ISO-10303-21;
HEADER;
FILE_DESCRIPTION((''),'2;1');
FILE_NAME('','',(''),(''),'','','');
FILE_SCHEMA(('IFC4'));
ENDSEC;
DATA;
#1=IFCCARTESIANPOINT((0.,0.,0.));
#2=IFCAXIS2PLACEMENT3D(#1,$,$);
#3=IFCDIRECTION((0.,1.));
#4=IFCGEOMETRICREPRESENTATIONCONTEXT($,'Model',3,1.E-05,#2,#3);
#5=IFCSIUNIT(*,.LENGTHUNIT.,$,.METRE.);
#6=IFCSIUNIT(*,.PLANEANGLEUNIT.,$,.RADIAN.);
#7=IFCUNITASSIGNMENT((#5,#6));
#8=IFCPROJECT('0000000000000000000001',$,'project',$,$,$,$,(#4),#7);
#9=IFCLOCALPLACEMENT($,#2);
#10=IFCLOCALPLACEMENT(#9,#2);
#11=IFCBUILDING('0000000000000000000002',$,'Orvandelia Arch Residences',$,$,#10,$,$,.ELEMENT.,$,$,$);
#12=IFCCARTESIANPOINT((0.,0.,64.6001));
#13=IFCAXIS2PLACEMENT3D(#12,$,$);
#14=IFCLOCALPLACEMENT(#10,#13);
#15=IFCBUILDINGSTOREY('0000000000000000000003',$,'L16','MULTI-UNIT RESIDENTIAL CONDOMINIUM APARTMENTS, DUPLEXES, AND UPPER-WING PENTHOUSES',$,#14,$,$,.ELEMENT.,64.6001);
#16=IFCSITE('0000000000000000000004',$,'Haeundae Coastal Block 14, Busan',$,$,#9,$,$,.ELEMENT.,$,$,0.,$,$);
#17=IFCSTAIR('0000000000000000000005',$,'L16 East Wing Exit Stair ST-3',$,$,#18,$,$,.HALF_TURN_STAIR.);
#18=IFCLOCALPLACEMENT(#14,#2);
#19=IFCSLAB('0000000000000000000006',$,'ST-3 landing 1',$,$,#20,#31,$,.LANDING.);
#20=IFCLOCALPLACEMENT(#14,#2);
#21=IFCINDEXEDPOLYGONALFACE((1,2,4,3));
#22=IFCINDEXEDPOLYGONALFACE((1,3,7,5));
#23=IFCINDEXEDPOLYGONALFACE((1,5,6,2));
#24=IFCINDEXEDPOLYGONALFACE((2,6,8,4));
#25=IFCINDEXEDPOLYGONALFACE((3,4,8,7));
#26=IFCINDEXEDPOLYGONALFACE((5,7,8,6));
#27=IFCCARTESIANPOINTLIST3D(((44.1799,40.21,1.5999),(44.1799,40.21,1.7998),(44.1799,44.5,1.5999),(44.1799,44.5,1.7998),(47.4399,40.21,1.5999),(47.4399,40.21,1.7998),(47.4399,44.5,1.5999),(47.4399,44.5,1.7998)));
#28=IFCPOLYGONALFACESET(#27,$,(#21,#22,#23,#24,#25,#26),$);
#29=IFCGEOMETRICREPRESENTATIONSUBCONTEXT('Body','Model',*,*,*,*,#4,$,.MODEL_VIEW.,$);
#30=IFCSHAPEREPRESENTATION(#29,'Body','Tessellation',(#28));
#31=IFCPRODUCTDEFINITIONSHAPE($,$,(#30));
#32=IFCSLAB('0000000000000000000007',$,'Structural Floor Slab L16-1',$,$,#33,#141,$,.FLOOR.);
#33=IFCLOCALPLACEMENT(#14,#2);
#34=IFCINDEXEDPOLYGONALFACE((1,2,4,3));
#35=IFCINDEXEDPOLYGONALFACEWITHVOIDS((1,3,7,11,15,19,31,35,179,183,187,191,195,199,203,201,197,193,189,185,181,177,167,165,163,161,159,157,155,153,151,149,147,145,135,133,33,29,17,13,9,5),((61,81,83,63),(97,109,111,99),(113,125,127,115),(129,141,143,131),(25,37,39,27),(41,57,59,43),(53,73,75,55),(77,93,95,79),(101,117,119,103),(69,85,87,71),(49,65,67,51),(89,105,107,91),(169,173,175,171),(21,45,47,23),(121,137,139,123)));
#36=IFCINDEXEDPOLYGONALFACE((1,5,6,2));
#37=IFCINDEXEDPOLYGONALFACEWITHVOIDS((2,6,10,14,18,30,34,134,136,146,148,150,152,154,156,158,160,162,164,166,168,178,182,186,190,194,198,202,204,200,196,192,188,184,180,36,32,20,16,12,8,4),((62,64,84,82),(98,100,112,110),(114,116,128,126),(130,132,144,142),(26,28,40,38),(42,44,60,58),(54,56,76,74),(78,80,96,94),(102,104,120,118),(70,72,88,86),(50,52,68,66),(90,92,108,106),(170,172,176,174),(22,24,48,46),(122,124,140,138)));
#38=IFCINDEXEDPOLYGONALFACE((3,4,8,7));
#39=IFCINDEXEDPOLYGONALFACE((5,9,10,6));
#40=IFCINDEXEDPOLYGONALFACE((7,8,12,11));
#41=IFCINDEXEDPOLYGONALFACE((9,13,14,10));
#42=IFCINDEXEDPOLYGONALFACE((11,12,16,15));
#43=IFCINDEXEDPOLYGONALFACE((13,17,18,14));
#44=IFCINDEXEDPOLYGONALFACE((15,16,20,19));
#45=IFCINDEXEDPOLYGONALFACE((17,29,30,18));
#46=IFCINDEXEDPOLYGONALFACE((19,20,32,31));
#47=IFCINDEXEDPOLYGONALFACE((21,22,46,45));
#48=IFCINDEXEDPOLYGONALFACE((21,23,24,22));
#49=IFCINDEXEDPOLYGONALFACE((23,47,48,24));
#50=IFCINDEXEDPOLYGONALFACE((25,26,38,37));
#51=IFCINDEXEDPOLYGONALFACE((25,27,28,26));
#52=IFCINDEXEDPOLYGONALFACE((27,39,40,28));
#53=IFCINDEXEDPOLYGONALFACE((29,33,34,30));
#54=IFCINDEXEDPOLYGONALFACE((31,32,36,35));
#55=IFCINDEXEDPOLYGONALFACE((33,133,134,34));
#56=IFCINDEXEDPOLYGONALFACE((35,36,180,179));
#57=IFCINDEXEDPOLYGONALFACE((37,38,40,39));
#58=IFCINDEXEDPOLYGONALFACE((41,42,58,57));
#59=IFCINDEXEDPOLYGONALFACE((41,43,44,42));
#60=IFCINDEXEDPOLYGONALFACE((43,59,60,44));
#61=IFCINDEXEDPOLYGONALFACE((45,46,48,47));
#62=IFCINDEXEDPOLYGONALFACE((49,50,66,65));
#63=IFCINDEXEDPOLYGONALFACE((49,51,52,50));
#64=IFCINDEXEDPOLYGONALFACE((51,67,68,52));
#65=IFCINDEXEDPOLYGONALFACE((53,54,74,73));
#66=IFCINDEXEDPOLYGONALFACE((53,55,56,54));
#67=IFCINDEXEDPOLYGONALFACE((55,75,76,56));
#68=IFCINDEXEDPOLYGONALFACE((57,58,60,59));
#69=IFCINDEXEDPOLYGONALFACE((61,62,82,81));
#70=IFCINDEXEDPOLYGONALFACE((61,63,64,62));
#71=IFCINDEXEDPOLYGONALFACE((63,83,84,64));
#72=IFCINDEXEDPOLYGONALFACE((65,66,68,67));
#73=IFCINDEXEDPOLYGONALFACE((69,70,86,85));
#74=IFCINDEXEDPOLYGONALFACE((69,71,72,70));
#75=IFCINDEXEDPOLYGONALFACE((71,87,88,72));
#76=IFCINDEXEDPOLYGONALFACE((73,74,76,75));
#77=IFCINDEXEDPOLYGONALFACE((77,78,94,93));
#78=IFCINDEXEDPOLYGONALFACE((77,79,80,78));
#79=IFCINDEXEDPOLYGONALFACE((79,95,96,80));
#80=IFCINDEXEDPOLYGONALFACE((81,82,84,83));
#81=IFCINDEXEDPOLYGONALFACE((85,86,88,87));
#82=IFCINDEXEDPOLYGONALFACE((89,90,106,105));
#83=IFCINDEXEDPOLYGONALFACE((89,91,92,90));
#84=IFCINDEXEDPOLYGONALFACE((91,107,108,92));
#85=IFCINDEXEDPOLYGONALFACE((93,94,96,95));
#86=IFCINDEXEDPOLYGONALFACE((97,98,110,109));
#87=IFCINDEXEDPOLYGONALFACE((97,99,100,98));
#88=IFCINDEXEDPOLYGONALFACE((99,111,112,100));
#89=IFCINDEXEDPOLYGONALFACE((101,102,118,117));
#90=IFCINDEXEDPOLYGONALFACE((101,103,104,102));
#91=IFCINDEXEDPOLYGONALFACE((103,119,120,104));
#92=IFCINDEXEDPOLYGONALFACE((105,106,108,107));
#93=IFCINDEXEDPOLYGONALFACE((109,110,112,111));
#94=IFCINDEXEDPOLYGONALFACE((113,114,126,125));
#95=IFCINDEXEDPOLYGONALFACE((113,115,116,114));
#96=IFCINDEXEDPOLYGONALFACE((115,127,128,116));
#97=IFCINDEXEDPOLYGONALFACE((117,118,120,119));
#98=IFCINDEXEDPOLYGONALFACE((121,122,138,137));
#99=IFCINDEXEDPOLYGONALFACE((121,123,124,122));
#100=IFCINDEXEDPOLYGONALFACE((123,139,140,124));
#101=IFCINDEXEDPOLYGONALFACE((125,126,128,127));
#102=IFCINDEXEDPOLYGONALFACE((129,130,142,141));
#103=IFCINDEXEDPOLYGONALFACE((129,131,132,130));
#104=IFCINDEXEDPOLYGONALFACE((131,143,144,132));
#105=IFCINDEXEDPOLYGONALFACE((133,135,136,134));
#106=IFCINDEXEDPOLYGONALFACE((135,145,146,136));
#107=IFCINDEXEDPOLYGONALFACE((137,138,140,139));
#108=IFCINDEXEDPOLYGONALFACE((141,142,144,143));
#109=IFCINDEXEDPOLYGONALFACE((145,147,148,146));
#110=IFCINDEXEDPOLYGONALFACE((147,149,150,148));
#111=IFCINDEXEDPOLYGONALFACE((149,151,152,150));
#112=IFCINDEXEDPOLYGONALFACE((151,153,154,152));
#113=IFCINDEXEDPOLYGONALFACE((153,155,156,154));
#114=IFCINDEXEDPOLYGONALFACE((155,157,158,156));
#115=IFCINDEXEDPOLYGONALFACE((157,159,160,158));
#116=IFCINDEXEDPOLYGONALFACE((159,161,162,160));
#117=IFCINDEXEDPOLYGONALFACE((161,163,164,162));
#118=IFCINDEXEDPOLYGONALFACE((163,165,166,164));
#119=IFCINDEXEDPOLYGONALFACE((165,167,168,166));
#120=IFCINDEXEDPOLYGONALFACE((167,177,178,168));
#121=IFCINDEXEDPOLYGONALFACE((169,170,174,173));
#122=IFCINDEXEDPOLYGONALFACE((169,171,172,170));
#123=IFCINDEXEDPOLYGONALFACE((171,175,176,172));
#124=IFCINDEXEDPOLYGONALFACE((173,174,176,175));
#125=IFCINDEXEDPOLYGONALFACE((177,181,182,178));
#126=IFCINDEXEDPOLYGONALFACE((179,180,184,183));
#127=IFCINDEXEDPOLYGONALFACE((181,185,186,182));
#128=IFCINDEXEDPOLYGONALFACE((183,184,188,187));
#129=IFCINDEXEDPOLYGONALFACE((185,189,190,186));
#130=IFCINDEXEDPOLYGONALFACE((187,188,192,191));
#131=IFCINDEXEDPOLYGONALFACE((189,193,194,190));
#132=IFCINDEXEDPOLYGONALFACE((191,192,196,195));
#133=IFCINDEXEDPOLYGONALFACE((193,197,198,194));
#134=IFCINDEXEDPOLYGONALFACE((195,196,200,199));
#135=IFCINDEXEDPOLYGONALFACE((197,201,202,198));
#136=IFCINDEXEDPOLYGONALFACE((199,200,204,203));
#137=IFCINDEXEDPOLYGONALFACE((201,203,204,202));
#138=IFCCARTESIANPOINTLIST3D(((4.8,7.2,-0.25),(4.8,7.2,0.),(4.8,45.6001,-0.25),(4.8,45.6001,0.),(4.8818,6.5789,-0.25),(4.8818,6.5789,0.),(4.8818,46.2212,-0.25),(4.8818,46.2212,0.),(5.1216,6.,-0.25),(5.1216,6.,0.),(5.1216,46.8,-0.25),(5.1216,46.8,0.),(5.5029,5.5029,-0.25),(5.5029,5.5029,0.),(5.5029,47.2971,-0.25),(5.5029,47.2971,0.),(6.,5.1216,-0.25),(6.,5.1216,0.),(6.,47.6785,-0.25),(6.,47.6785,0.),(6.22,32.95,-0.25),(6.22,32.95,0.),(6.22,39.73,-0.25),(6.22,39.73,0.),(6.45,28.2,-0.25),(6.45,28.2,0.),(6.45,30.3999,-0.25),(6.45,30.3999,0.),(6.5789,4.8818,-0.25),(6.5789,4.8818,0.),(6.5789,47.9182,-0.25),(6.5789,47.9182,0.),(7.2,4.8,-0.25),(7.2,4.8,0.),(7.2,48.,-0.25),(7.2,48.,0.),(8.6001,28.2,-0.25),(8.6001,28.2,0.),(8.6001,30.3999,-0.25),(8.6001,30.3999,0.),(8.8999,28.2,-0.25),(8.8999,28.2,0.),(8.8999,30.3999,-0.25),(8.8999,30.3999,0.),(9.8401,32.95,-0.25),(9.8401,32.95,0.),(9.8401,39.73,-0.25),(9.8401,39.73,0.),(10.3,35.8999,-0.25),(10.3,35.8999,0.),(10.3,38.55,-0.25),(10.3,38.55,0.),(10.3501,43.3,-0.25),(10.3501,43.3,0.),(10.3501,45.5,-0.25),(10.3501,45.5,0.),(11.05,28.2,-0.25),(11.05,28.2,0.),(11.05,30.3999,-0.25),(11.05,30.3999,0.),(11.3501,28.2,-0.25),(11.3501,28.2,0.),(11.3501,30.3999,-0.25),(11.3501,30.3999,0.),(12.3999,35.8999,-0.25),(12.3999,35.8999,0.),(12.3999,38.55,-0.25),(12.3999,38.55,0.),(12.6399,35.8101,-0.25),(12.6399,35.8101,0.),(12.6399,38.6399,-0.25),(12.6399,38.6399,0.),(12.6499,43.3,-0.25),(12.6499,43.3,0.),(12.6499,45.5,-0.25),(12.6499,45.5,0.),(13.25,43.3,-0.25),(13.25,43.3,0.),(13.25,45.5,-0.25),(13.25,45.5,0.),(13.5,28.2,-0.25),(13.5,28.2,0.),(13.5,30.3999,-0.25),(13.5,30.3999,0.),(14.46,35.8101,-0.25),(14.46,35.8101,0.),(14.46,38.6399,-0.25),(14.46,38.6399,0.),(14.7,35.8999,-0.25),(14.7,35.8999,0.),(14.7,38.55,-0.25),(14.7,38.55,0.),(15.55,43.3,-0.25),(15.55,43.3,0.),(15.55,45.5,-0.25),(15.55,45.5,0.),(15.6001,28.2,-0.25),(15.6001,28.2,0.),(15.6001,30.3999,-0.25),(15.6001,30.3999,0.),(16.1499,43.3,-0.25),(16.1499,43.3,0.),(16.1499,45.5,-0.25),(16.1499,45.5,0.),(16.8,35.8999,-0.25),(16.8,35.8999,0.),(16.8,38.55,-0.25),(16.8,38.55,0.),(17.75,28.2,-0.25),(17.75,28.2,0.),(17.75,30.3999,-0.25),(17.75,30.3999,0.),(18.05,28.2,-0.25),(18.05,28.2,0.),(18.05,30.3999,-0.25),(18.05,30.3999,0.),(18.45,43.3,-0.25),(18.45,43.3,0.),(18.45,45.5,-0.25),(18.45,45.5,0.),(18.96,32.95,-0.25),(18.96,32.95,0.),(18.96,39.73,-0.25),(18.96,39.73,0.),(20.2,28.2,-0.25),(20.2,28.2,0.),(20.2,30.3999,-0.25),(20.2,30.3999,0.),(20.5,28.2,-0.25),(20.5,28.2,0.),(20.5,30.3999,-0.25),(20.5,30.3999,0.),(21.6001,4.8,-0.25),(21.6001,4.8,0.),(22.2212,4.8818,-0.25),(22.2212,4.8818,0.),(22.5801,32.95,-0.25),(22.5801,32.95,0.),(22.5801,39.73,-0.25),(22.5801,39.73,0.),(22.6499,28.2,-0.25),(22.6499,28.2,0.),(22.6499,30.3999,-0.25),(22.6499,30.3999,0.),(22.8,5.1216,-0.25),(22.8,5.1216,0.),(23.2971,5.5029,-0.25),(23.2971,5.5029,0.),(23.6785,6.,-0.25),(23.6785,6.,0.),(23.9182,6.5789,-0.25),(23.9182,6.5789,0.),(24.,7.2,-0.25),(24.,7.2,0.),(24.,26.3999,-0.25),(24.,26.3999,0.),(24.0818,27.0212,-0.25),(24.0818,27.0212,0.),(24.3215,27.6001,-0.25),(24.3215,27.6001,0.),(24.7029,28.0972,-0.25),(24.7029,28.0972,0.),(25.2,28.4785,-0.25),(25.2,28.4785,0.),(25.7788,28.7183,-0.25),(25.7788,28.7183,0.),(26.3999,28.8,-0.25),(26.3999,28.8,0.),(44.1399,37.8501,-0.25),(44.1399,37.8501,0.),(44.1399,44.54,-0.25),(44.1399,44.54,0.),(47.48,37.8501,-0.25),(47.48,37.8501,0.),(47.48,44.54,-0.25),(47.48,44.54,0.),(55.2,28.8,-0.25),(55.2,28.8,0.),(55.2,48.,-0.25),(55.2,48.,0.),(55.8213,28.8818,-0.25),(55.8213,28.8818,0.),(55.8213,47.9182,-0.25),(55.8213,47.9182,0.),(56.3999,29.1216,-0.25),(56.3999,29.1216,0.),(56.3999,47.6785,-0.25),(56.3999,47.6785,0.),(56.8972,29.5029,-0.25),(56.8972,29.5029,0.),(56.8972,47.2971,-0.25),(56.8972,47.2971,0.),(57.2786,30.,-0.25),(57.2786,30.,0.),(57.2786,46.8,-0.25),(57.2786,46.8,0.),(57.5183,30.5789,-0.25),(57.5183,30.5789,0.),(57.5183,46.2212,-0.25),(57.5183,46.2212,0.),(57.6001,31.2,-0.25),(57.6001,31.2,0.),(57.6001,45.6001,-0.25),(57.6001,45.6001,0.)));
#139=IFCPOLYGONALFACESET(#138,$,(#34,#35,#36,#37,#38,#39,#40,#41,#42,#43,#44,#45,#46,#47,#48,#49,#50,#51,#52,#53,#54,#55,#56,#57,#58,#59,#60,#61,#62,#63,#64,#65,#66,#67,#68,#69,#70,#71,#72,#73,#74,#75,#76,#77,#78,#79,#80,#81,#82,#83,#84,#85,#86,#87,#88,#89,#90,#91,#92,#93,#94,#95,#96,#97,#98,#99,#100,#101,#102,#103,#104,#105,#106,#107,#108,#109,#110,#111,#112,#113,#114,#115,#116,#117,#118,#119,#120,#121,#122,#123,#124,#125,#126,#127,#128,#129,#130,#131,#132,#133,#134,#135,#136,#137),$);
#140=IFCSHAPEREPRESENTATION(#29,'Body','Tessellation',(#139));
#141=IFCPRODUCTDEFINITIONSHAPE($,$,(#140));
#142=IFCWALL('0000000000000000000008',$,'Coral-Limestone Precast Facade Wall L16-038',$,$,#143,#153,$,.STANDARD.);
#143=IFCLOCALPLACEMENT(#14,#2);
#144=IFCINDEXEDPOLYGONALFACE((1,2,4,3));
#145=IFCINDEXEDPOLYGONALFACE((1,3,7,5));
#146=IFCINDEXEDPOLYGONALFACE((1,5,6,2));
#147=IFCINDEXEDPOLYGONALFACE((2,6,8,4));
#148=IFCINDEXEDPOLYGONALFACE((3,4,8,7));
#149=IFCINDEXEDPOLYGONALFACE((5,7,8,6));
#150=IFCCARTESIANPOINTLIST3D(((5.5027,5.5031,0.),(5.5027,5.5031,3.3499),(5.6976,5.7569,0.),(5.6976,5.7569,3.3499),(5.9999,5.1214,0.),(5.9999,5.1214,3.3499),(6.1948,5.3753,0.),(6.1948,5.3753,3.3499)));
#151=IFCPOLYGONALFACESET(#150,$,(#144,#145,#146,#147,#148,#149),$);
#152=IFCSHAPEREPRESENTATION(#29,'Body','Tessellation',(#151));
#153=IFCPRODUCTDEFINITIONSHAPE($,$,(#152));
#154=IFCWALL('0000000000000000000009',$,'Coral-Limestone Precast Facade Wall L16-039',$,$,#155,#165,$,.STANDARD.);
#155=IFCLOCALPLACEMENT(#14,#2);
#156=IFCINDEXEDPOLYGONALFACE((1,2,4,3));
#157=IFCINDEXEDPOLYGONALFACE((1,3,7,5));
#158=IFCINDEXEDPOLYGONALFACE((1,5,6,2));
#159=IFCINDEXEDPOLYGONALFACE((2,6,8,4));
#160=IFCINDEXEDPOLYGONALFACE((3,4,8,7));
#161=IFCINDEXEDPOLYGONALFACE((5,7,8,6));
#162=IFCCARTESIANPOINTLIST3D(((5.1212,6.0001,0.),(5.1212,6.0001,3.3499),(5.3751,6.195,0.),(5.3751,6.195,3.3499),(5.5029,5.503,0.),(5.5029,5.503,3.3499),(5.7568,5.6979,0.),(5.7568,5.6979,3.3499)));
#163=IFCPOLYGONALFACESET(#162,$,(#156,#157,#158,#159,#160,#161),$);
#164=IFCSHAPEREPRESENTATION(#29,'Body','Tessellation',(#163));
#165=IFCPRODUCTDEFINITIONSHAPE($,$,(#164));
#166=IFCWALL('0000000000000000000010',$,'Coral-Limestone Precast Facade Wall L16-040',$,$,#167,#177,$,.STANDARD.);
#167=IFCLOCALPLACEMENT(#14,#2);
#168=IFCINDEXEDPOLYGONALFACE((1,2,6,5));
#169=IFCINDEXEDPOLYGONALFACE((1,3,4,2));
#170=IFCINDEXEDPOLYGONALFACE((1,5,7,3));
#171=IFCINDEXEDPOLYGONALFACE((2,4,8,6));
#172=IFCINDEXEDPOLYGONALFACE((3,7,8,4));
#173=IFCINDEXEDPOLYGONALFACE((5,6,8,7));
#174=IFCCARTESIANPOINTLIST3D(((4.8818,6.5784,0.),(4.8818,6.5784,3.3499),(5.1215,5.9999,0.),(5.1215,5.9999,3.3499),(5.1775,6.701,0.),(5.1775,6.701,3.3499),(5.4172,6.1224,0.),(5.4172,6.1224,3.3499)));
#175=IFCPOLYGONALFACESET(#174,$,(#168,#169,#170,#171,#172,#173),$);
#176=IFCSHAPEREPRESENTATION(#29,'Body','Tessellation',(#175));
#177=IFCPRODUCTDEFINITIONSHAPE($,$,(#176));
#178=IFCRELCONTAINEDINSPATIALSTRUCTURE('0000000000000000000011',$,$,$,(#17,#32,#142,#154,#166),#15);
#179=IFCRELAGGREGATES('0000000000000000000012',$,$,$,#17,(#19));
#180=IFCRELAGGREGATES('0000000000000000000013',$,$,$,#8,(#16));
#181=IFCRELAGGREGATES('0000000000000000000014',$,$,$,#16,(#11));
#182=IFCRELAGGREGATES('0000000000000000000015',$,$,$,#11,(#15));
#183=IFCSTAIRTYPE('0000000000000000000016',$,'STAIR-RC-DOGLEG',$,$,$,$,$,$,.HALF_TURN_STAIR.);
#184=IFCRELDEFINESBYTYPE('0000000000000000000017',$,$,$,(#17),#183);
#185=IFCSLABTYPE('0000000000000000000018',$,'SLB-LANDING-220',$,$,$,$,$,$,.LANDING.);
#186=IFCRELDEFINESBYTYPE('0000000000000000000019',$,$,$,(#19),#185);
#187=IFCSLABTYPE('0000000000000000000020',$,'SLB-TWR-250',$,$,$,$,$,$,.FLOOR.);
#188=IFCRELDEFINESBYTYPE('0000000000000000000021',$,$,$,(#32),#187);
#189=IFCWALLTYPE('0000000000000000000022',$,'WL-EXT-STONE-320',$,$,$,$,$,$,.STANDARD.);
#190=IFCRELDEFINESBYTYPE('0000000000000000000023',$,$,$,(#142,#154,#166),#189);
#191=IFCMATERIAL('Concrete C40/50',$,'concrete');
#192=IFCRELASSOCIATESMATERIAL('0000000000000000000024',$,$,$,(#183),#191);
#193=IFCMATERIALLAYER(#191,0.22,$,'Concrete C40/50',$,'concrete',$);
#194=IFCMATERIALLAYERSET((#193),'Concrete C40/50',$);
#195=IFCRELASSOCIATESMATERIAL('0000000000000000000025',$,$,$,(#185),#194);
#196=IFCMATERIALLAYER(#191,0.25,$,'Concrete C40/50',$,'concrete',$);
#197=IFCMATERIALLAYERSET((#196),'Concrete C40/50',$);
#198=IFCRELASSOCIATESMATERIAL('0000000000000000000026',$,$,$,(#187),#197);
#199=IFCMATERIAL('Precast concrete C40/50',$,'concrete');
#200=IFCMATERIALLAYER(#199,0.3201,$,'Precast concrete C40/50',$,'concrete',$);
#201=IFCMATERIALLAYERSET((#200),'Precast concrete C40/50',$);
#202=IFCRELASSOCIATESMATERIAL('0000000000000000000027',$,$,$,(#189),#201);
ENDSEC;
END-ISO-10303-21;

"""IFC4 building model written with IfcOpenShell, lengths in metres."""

from ifc_helpers import new_model, si_unit, direction, frame, frame_2d, origin, place, context, subcontext, project, spatial, polyline, rectangle, outline, extrude, material, layer, layer_set, type_object, element, aggregate, save


model = new_model("IFC4")

# Units and contexts
model_context = context("Model", 3, precision=1e-05, world=origin(), true_north=direction((0.0, 1.0)))
body_context = subcontext(model_context, "Body", "Model", "MODEL_VIEW")
ifc_project = project(units=[si_unit("LENGTHUNIT", "METRE"), si_unit("PLANEANGLEUNIT", "RADIAN")], contexts=[model_context])

# Site, building, storey
site_placement = place(None, origin())
site = spatial("IfcSite", under=ifc_project, at=site_placement, Name="Haeundae Coastal Block 14, Busan", CompositionType="ELEMENT", RefElevation=0.0)
building_placement = place(site_placement, origin())
building = spatial("IfcBuilding", under=site, at=building_placement, Name="Orvandelia Arch Residences", CompositionType="ELEMENT")
storey_placement = place(building_placement, frame((0.0, 0.0, 64.6001)))
storey = spatial("IfcBuildingStorey", under=building, at=storey_placement, Name="L16", Description="MULTI-UNIT RESIDENTIAL CONDOMINIUM APARTMENTS, DUPLEXES, AND UPPER-WING PENTHOUSES", CompositionType="ELEMENT", Elevation=64.6001)

# Shared definitions
ifc_material_1 = material(Name="Precast concrete C40/50", Category="concrete")

# Stair, slab
ifc_material_2 = material(Name="Concrete C40/50", Category="concrete")
stair_type = type_object("IfcStairType", Name="STAIR-RC-DOGLEG", PredefinedType="HALF_TURN_STAIR", material=ifc_material_2)
ifc_layer_1 = layer(ifc_material_2, 0.22, Name="Concrete C40/50", Category="concrete")
ifc_layer_set_1 = layer_set([ifc_layer_1], Name="Concrete C40/50")
slab_type_1 = type_object("IfcSlabType", Name="SLB-LANDING-220", PredefinedType="LANDING", material=ifc_layer_set_1)
stair_1_placement = place(storey_placement, origin())
stair_1 = element("IfcStair", 1, at=stair_1_placement, inside=storey, type_object=stair_type, Name="L16 East Wing Exit Stair ST-3", PredefinedType="HALF_TURN_STAIR")
slab_1_placement = place(storey_placement, frame((0.0, 0.0, 1.5999)))
slab_1 = element("IfcSlab", 2, at=slab_1_placement, type_object=slab_type_1, Name="ST-3 landing 1", PredefinedType="LANDING", context=body_context, shape_type="SweptSolid", body=[
    extrude(outline(polyline([(47.4399, 40.21), (47.4399, 44.5), (44.1799, 44.5), (44.1799, 40.21), (47.4399, 40.21)])), origin(), (0.0, 0.0, 1.0), 0.2),
])
aggregate(stair_1, [slab_1])

# Slab
ifc_layer_2 = layer(ifc_material_2, 0.25, Name="Concrete C40/50", Category="concrete")
ifc_layer_set_2 = layer_set([ifc_layer_2], Name="Concrete C40/50")
slab_type_2 = type_object("IfcSlabType", Name="SLB-TWR-250", PredefinedType="FLOOR", material=ifc_layer_set_2)
slab_2_placement = place(storey_placement, frame((0.0, 0.0, -0.25)))
element("IfcSlab", 3, at=slab_2_placement, inside=storey, type_object=slab_type_2, Name="Structural Floor Slab L16-1", PredefinedType="FLOOR", context=body_context, shape_type="SweptSolid", body=[
    extrude(outline(polyline([(4.8, 7.2), (4.8818, 6.5789), (5.1216, 6.0), (5.5029, 5.5029), (6.0, 5.1216), (6.5789, 4.8818), (7.2, 4.8), (21.6001, 4.8), (22.2212, 4.8818), (22.8, 5.1216), (23.2971, 5.5029), (23.6785, 6.0), (23.9182, 6.5789), (24.0, 7.2), (24.0, 26.3999), (24.0818, 27.0212), (24.3215, 27.6001), (24.7029, 28.0972), (25.2, 28.4785), (25.7788, 28.7183), (26.3999, 28.8), (55.2, 28.8), (55.8213, 28.8818), (56.3999, 29.1216), (56.8972, 29.5029), (57.2786, 30.0), (57.5183, 30.5789), (57.6001, 31.2), (57.6001, 45.6001), (57.5183, 46.2212), (57.2786, 46.8), (56.8972, 47.2971), (56.3999, 47.6785), (55.8213, 47.9182), (55.2, 48.0), (7.2, 48.0), (6.5789, 47.9182), (6.0, 47.6785), (5.5029, 47.2971), (5.1216, 46.8), (4.8818, 46.2212), (4.8, 45.6001), (4.8, 7.2)]), holes=[polyline([(6.22, 32.95), (9.8401, 32.95), (9.8401, 39.73), (6.22, 39.73), (6.22, 32.95)]), polyline([(18.96, 32.95), (22.5801, 32.95), (22.5801, 39.73), (18.96, 39.73), (18.96, 32.95)]), polyline([(44.1399, 37.8501), (47.48, 37.8501), (47.48, 44.54), (44.1399, 44.54), (44.1399, 37.8501)]), polyline([(12.6399, 35.8101), (14.46, 35.8101), (14.46, 38.6399), (12.6399, 38.6399), (12.6399, 35.8101)]), polyline([(10.3, 35.8999), (12.3999, 35.8999), (12.3999, 38.55), (10.3, 38.55), (10.3, 35.8999)]), polyline([(14.7, 35.8999), (16.8, 35.8999), (16.8, 38.55), (14.7, 38.55), (14.7, 35.8999)]), polyline([(10.3501, 43.3), (12.6499, 43.3), (12.6499, 45.5), (10.3501, 45.5), (10.3501, 43.3)]), polyline([(13.25, 43.3), (15.55, 43.3), (15.55, 45.5), (13.25, 45.5), (13.25, 43.3)]), polyline([(16.1499, 43.3), (18.45, 43.3), (18.45, 45.5), (16.1499, 45.5), (16.1499, 43.3)]), polyline([(6.45, 28.2), (8.6001, 28.2), (8.6001, 30.3999), (6.45, 30.3999), (6.45, 28.2)]), polyline([(8.8999, 28.2), (11.05, 28.2), (11.05, 30.3999), (8.8999, 30.3999), (8.8999, 28.2)]), polyline([(11.3501, 28.2), (13.5, 28.2), (13.5, 30.3999), (11.3501, 30.3999), (11.3501, 28.2)]), polyline([(15.6001, 28.2), (17.75, 28.2), (17.75, 30.3999), (15.6001, 30.3999), (15.6001, 28.2)]), polyline([(18.05, 28.2), (20.2, 28.2), (20.2, 30.3999), (18.05, 30.3999), (18.05, 28.2)]), polyline([(20.5, 28.2), (22.6499, 28.2), (22.6499, 30.3999), (20.5, 30.3999), (20.5, 28.2)])]), origin(), (0.0, 0.0, 1.0), 0.25),
])

# Walls
ifc_layer_3 = layer(ifc_material_1, 0.3201, Name="Precast concrete C40/50", Category="concrete")
ifc_layer_set_3 = layer_set([ifc_layer_3], Name="Precast concrete C40/50")
wall_type_1 = type_object("IfcWallType", Name="WL-EXT-STONE-320", PredefinedType="STANDARD", material=ifc_layer_set_3)
for number, where, z_axis, x_axis, name in (
    (4, (6.0974, 5.2483, 0.0), (0.0, 0.0, 1.0), (-0.793217, 0.608939, 0.0), "Coral-Limestone Precast Facade Wall L16-038"),
    (5, (5.6299, 5.6003, 0.0), (0.0, 0.0, 1.0), (-0.608939, 0.793217, 0.0), "Coral-Limestone Precast Facade Wall L16-039"),
):
    element("IfcWall", number, at=place(storey_placement, frame(where, z_axis=z_axis, x_axis=x_axis)), inside=storey, type_object=wall_type_1, Name=name, PredefinedType="STANDARD", context=body_context, shape_type="SweptSolid", body=[
        extrude(rectangle(XDim=0.6267, YDim=0.3201, at=frame_2d((0.3135, 0.0))), origin(), (0.0, 0.0, 1.0), 3.3499),
    ])
wall_1_placement = place(storey_placement, frame((5.2693, 6.0613, 0.0), z_axis=(0.0, 0.0, 1.0), x_axis=(-0.382788, 0.923836, 0.0)))
element("IfcWall", 6, at=wall_1_placement, inside=storey, type_object=wall_type_1, Name="Coral-Limestone Precast Facade Wall L16-040", PredefinedType="STANDARD", context=body_context, shape_type="SweptSolid", body=[
    extrude(rectangle(XDim=0.6262, YDim=0.3201, at=frame_2d((0.313, 0.0))), origin(), (0.0, 0.0, 1.0), 3.3499),
])

save(model, "model.ifc")
